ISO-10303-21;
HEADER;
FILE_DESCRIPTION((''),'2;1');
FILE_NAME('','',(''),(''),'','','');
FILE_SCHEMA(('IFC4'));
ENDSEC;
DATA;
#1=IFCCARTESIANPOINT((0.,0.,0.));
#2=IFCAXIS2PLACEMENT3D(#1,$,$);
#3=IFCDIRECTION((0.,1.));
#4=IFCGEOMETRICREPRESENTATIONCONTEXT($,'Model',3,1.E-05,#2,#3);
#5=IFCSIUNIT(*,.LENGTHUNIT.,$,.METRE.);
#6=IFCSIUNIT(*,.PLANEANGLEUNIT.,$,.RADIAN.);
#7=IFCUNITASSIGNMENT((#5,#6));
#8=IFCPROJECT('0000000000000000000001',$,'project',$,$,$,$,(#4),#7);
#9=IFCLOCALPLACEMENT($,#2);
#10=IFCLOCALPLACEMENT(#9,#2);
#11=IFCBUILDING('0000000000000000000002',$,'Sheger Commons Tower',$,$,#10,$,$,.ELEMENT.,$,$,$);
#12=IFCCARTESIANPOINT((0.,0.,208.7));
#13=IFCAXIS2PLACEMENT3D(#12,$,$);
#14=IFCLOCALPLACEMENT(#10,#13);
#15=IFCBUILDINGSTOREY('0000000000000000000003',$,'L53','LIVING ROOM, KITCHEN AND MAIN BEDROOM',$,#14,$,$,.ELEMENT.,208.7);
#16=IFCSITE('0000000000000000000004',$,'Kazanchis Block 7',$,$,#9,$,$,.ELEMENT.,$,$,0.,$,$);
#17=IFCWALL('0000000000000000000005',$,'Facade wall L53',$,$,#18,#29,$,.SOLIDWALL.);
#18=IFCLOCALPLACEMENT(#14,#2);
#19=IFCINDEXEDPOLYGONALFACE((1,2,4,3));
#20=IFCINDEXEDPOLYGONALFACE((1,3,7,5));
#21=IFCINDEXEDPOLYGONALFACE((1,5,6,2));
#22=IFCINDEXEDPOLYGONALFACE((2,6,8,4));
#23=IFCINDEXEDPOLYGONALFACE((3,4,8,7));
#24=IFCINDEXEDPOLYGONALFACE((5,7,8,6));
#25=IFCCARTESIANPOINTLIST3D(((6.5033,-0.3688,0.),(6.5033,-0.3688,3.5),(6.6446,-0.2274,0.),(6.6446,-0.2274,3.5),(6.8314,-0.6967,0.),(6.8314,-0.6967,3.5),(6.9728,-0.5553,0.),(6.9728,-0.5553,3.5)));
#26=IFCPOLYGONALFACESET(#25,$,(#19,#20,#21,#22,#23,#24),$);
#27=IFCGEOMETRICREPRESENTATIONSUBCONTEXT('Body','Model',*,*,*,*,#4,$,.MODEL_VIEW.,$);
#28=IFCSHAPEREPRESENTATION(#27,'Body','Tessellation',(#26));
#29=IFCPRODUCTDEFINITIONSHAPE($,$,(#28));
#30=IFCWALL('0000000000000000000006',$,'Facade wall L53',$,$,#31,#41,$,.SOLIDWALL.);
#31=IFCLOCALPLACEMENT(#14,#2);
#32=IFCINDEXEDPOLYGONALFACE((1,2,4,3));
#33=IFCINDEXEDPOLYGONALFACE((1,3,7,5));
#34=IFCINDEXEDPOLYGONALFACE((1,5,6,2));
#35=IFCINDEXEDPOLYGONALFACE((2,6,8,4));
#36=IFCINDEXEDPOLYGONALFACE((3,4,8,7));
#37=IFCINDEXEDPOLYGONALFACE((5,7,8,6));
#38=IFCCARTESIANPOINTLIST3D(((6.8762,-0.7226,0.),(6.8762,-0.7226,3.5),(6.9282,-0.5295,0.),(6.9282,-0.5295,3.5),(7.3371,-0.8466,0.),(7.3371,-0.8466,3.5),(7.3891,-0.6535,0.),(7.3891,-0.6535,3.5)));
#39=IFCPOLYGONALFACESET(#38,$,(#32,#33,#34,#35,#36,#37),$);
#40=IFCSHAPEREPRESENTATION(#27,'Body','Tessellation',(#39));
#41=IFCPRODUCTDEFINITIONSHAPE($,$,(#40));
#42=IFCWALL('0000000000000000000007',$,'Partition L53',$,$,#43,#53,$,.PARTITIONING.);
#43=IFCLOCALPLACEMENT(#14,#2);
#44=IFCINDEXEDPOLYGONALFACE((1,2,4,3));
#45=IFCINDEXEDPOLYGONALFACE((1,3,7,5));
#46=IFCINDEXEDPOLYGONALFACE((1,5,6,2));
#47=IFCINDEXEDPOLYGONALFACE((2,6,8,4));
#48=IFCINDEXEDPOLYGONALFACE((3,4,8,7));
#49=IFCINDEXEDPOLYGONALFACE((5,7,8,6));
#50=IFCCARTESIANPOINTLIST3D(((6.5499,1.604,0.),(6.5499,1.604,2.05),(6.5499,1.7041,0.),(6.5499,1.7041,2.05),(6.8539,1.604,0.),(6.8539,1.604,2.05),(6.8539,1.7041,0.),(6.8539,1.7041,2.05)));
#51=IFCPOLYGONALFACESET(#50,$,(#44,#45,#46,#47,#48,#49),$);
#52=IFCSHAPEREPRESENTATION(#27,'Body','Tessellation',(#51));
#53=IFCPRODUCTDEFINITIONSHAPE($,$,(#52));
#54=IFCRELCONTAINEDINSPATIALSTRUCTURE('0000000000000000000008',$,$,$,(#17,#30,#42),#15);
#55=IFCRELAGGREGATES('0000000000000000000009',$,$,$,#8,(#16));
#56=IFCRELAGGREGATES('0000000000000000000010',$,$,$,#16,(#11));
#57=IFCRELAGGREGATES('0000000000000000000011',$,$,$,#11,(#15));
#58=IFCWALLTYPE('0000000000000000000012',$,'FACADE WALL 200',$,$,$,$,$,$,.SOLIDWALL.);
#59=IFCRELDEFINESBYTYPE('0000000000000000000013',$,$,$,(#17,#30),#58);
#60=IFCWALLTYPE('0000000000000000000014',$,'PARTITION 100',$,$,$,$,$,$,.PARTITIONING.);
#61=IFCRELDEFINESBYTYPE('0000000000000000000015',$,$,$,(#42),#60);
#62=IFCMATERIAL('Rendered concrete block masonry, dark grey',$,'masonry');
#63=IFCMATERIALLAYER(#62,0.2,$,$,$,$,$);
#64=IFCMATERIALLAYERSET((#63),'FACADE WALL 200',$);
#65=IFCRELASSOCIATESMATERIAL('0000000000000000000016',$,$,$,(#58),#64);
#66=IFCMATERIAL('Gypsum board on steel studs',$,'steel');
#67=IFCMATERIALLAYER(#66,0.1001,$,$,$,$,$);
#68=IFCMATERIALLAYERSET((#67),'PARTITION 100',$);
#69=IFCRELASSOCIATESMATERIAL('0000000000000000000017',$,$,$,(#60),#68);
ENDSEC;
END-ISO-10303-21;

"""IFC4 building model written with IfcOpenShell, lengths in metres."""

from ifc_helpers import new_model, si_unit, direction, frame, frame_2d, origin, place, context, subcontext, project, spatial, rectangle, extrude, material, layer, layer_set, type_object, element, save


model = new_model("IFC4")

# Units and contexts
model_context = context("Model", 3, precision=1e-05, world=origin(), true_north=direction((0.0, 1.0)))
body_context = subcontext(model_context, "Body", "Model", "MODEL_VIEW")
ifc_project = project(units=[si_unit("LENGTHUNIT", "METRE"), si_unit("PLANEANGLEUNIT", "RADIAN")], contexts=[model_context])

# Site, building, storey
site_placement = place(None, origin())
site = spatial("IfcSite", under=ifc_project, at=site_placement, Name="Kazanchis Block 7", CompositionType="ELEMENT", RefElevation=0.0)
building_placement = place(site_placement, origin())
building = spatial("IfcBuilding", under=site, at=building_placement, Name="Sheger Commons Tower", CompositionType="ELEMENT")
storey_placement = place(building_placement, frame((0.0, 0.0, 208.7)))
storey = spatial("IfcBuildingStorey", under=building, at=storey_placement, Name="L53", Description="LIVING ROOM, KITCHEN AND MAIN BEDROOM", CompositionType="ELEMENT", Elevation=208.7)

# Shared definitions
ifc_material_1 = material(Name="Rendered concrete block masonry, dark grey", Category="masonry")
ifc_layer_1 = layer(ifc_material_1, 0.2)
ifc_layer_set_1 = layer_set([ifc_layer_1], Name="FACADE WALL 200")
wall_type_1 = type_object("IfcWallType", Name="FACADE WALL 200", PredefinedType="SOLIDWALL", material=ifc_layer_set_1)

# Walls
wall_1_placement = place(storey_placement, frame((6.574, -0.2981, 0.0), z_axis=(0.0, 0.0, 1.0), x_axis=(0.70737, -0.706844, 0.0)))
element("IfcWall", 1, at=wall_1_placement, inside=storey, type_object=wall_type_1, Name="Facade wall L53", PredefinedType="SOLIDWALL", context=body_context, shape_type="SweptSolid", body=[
    extrude(rectangle(XDim=0.4639, YDim=0.2, at=frame_2d((0.2319, 0.0))), origin(), (0.0, 0.0, 1.0), 3.5),
])
wall_2_placement = place(storey_placement, frame((6.9021, -0.626, 0.0), z_axis=(0.0, 0.0, 1.0), x_axis=(0.965655, -0.259827, 0.0)))
element("IfcWall", 2, at=wall_2_placement, inside=storey, type_object=wall_type_1, Name="Facade wall L53", PredefinedType="SOLIDWALL", context=body_context, shape_type="SweptSolid", body=[
    extrude(rectangle(XDim=0.4773, YDim=0.2, at=frame_2d((0.2388, 0.0))), origin(), (0.0, 0.0, 1.0), 3.5),
])
ifc_material_2 = material(Name="Gypsum board on steel studs", Category="steel")
ifc_layer_2 = layer(ifc_material_2, 0.1001)
ifc_layer_set_2 = layer_set([ifc_layer_2], Name="PARTITION 100")
wall_type_2 = type_object("IfcWallType", Name="PARTITION 100", PredefinedType="PARTITIONING", material=ifc_layer_set_2)
wall_3_placement = place(storey_placement, frame((6.55, 1.6541, 0.0), z_axis=(0.0, 0.0, 1.0), x_axis=(1.0, 0.0, 0.0)))
element("IfcWall", 3, at=wall_3_placement, inside=storey, type_object=wall_type_2, Name="Partition L53", PredefinedType="PARTITIONING", context=body_context, shape_type="SweptSolid", body=[
    extrude(rectangle(XDim=0.304, YDim=0.1001, at=frame_2d((0.1519, 0.0))), origin(), (0.0, 0.0, 1.0), 2.05),
])

save(model, "model.ifc")
